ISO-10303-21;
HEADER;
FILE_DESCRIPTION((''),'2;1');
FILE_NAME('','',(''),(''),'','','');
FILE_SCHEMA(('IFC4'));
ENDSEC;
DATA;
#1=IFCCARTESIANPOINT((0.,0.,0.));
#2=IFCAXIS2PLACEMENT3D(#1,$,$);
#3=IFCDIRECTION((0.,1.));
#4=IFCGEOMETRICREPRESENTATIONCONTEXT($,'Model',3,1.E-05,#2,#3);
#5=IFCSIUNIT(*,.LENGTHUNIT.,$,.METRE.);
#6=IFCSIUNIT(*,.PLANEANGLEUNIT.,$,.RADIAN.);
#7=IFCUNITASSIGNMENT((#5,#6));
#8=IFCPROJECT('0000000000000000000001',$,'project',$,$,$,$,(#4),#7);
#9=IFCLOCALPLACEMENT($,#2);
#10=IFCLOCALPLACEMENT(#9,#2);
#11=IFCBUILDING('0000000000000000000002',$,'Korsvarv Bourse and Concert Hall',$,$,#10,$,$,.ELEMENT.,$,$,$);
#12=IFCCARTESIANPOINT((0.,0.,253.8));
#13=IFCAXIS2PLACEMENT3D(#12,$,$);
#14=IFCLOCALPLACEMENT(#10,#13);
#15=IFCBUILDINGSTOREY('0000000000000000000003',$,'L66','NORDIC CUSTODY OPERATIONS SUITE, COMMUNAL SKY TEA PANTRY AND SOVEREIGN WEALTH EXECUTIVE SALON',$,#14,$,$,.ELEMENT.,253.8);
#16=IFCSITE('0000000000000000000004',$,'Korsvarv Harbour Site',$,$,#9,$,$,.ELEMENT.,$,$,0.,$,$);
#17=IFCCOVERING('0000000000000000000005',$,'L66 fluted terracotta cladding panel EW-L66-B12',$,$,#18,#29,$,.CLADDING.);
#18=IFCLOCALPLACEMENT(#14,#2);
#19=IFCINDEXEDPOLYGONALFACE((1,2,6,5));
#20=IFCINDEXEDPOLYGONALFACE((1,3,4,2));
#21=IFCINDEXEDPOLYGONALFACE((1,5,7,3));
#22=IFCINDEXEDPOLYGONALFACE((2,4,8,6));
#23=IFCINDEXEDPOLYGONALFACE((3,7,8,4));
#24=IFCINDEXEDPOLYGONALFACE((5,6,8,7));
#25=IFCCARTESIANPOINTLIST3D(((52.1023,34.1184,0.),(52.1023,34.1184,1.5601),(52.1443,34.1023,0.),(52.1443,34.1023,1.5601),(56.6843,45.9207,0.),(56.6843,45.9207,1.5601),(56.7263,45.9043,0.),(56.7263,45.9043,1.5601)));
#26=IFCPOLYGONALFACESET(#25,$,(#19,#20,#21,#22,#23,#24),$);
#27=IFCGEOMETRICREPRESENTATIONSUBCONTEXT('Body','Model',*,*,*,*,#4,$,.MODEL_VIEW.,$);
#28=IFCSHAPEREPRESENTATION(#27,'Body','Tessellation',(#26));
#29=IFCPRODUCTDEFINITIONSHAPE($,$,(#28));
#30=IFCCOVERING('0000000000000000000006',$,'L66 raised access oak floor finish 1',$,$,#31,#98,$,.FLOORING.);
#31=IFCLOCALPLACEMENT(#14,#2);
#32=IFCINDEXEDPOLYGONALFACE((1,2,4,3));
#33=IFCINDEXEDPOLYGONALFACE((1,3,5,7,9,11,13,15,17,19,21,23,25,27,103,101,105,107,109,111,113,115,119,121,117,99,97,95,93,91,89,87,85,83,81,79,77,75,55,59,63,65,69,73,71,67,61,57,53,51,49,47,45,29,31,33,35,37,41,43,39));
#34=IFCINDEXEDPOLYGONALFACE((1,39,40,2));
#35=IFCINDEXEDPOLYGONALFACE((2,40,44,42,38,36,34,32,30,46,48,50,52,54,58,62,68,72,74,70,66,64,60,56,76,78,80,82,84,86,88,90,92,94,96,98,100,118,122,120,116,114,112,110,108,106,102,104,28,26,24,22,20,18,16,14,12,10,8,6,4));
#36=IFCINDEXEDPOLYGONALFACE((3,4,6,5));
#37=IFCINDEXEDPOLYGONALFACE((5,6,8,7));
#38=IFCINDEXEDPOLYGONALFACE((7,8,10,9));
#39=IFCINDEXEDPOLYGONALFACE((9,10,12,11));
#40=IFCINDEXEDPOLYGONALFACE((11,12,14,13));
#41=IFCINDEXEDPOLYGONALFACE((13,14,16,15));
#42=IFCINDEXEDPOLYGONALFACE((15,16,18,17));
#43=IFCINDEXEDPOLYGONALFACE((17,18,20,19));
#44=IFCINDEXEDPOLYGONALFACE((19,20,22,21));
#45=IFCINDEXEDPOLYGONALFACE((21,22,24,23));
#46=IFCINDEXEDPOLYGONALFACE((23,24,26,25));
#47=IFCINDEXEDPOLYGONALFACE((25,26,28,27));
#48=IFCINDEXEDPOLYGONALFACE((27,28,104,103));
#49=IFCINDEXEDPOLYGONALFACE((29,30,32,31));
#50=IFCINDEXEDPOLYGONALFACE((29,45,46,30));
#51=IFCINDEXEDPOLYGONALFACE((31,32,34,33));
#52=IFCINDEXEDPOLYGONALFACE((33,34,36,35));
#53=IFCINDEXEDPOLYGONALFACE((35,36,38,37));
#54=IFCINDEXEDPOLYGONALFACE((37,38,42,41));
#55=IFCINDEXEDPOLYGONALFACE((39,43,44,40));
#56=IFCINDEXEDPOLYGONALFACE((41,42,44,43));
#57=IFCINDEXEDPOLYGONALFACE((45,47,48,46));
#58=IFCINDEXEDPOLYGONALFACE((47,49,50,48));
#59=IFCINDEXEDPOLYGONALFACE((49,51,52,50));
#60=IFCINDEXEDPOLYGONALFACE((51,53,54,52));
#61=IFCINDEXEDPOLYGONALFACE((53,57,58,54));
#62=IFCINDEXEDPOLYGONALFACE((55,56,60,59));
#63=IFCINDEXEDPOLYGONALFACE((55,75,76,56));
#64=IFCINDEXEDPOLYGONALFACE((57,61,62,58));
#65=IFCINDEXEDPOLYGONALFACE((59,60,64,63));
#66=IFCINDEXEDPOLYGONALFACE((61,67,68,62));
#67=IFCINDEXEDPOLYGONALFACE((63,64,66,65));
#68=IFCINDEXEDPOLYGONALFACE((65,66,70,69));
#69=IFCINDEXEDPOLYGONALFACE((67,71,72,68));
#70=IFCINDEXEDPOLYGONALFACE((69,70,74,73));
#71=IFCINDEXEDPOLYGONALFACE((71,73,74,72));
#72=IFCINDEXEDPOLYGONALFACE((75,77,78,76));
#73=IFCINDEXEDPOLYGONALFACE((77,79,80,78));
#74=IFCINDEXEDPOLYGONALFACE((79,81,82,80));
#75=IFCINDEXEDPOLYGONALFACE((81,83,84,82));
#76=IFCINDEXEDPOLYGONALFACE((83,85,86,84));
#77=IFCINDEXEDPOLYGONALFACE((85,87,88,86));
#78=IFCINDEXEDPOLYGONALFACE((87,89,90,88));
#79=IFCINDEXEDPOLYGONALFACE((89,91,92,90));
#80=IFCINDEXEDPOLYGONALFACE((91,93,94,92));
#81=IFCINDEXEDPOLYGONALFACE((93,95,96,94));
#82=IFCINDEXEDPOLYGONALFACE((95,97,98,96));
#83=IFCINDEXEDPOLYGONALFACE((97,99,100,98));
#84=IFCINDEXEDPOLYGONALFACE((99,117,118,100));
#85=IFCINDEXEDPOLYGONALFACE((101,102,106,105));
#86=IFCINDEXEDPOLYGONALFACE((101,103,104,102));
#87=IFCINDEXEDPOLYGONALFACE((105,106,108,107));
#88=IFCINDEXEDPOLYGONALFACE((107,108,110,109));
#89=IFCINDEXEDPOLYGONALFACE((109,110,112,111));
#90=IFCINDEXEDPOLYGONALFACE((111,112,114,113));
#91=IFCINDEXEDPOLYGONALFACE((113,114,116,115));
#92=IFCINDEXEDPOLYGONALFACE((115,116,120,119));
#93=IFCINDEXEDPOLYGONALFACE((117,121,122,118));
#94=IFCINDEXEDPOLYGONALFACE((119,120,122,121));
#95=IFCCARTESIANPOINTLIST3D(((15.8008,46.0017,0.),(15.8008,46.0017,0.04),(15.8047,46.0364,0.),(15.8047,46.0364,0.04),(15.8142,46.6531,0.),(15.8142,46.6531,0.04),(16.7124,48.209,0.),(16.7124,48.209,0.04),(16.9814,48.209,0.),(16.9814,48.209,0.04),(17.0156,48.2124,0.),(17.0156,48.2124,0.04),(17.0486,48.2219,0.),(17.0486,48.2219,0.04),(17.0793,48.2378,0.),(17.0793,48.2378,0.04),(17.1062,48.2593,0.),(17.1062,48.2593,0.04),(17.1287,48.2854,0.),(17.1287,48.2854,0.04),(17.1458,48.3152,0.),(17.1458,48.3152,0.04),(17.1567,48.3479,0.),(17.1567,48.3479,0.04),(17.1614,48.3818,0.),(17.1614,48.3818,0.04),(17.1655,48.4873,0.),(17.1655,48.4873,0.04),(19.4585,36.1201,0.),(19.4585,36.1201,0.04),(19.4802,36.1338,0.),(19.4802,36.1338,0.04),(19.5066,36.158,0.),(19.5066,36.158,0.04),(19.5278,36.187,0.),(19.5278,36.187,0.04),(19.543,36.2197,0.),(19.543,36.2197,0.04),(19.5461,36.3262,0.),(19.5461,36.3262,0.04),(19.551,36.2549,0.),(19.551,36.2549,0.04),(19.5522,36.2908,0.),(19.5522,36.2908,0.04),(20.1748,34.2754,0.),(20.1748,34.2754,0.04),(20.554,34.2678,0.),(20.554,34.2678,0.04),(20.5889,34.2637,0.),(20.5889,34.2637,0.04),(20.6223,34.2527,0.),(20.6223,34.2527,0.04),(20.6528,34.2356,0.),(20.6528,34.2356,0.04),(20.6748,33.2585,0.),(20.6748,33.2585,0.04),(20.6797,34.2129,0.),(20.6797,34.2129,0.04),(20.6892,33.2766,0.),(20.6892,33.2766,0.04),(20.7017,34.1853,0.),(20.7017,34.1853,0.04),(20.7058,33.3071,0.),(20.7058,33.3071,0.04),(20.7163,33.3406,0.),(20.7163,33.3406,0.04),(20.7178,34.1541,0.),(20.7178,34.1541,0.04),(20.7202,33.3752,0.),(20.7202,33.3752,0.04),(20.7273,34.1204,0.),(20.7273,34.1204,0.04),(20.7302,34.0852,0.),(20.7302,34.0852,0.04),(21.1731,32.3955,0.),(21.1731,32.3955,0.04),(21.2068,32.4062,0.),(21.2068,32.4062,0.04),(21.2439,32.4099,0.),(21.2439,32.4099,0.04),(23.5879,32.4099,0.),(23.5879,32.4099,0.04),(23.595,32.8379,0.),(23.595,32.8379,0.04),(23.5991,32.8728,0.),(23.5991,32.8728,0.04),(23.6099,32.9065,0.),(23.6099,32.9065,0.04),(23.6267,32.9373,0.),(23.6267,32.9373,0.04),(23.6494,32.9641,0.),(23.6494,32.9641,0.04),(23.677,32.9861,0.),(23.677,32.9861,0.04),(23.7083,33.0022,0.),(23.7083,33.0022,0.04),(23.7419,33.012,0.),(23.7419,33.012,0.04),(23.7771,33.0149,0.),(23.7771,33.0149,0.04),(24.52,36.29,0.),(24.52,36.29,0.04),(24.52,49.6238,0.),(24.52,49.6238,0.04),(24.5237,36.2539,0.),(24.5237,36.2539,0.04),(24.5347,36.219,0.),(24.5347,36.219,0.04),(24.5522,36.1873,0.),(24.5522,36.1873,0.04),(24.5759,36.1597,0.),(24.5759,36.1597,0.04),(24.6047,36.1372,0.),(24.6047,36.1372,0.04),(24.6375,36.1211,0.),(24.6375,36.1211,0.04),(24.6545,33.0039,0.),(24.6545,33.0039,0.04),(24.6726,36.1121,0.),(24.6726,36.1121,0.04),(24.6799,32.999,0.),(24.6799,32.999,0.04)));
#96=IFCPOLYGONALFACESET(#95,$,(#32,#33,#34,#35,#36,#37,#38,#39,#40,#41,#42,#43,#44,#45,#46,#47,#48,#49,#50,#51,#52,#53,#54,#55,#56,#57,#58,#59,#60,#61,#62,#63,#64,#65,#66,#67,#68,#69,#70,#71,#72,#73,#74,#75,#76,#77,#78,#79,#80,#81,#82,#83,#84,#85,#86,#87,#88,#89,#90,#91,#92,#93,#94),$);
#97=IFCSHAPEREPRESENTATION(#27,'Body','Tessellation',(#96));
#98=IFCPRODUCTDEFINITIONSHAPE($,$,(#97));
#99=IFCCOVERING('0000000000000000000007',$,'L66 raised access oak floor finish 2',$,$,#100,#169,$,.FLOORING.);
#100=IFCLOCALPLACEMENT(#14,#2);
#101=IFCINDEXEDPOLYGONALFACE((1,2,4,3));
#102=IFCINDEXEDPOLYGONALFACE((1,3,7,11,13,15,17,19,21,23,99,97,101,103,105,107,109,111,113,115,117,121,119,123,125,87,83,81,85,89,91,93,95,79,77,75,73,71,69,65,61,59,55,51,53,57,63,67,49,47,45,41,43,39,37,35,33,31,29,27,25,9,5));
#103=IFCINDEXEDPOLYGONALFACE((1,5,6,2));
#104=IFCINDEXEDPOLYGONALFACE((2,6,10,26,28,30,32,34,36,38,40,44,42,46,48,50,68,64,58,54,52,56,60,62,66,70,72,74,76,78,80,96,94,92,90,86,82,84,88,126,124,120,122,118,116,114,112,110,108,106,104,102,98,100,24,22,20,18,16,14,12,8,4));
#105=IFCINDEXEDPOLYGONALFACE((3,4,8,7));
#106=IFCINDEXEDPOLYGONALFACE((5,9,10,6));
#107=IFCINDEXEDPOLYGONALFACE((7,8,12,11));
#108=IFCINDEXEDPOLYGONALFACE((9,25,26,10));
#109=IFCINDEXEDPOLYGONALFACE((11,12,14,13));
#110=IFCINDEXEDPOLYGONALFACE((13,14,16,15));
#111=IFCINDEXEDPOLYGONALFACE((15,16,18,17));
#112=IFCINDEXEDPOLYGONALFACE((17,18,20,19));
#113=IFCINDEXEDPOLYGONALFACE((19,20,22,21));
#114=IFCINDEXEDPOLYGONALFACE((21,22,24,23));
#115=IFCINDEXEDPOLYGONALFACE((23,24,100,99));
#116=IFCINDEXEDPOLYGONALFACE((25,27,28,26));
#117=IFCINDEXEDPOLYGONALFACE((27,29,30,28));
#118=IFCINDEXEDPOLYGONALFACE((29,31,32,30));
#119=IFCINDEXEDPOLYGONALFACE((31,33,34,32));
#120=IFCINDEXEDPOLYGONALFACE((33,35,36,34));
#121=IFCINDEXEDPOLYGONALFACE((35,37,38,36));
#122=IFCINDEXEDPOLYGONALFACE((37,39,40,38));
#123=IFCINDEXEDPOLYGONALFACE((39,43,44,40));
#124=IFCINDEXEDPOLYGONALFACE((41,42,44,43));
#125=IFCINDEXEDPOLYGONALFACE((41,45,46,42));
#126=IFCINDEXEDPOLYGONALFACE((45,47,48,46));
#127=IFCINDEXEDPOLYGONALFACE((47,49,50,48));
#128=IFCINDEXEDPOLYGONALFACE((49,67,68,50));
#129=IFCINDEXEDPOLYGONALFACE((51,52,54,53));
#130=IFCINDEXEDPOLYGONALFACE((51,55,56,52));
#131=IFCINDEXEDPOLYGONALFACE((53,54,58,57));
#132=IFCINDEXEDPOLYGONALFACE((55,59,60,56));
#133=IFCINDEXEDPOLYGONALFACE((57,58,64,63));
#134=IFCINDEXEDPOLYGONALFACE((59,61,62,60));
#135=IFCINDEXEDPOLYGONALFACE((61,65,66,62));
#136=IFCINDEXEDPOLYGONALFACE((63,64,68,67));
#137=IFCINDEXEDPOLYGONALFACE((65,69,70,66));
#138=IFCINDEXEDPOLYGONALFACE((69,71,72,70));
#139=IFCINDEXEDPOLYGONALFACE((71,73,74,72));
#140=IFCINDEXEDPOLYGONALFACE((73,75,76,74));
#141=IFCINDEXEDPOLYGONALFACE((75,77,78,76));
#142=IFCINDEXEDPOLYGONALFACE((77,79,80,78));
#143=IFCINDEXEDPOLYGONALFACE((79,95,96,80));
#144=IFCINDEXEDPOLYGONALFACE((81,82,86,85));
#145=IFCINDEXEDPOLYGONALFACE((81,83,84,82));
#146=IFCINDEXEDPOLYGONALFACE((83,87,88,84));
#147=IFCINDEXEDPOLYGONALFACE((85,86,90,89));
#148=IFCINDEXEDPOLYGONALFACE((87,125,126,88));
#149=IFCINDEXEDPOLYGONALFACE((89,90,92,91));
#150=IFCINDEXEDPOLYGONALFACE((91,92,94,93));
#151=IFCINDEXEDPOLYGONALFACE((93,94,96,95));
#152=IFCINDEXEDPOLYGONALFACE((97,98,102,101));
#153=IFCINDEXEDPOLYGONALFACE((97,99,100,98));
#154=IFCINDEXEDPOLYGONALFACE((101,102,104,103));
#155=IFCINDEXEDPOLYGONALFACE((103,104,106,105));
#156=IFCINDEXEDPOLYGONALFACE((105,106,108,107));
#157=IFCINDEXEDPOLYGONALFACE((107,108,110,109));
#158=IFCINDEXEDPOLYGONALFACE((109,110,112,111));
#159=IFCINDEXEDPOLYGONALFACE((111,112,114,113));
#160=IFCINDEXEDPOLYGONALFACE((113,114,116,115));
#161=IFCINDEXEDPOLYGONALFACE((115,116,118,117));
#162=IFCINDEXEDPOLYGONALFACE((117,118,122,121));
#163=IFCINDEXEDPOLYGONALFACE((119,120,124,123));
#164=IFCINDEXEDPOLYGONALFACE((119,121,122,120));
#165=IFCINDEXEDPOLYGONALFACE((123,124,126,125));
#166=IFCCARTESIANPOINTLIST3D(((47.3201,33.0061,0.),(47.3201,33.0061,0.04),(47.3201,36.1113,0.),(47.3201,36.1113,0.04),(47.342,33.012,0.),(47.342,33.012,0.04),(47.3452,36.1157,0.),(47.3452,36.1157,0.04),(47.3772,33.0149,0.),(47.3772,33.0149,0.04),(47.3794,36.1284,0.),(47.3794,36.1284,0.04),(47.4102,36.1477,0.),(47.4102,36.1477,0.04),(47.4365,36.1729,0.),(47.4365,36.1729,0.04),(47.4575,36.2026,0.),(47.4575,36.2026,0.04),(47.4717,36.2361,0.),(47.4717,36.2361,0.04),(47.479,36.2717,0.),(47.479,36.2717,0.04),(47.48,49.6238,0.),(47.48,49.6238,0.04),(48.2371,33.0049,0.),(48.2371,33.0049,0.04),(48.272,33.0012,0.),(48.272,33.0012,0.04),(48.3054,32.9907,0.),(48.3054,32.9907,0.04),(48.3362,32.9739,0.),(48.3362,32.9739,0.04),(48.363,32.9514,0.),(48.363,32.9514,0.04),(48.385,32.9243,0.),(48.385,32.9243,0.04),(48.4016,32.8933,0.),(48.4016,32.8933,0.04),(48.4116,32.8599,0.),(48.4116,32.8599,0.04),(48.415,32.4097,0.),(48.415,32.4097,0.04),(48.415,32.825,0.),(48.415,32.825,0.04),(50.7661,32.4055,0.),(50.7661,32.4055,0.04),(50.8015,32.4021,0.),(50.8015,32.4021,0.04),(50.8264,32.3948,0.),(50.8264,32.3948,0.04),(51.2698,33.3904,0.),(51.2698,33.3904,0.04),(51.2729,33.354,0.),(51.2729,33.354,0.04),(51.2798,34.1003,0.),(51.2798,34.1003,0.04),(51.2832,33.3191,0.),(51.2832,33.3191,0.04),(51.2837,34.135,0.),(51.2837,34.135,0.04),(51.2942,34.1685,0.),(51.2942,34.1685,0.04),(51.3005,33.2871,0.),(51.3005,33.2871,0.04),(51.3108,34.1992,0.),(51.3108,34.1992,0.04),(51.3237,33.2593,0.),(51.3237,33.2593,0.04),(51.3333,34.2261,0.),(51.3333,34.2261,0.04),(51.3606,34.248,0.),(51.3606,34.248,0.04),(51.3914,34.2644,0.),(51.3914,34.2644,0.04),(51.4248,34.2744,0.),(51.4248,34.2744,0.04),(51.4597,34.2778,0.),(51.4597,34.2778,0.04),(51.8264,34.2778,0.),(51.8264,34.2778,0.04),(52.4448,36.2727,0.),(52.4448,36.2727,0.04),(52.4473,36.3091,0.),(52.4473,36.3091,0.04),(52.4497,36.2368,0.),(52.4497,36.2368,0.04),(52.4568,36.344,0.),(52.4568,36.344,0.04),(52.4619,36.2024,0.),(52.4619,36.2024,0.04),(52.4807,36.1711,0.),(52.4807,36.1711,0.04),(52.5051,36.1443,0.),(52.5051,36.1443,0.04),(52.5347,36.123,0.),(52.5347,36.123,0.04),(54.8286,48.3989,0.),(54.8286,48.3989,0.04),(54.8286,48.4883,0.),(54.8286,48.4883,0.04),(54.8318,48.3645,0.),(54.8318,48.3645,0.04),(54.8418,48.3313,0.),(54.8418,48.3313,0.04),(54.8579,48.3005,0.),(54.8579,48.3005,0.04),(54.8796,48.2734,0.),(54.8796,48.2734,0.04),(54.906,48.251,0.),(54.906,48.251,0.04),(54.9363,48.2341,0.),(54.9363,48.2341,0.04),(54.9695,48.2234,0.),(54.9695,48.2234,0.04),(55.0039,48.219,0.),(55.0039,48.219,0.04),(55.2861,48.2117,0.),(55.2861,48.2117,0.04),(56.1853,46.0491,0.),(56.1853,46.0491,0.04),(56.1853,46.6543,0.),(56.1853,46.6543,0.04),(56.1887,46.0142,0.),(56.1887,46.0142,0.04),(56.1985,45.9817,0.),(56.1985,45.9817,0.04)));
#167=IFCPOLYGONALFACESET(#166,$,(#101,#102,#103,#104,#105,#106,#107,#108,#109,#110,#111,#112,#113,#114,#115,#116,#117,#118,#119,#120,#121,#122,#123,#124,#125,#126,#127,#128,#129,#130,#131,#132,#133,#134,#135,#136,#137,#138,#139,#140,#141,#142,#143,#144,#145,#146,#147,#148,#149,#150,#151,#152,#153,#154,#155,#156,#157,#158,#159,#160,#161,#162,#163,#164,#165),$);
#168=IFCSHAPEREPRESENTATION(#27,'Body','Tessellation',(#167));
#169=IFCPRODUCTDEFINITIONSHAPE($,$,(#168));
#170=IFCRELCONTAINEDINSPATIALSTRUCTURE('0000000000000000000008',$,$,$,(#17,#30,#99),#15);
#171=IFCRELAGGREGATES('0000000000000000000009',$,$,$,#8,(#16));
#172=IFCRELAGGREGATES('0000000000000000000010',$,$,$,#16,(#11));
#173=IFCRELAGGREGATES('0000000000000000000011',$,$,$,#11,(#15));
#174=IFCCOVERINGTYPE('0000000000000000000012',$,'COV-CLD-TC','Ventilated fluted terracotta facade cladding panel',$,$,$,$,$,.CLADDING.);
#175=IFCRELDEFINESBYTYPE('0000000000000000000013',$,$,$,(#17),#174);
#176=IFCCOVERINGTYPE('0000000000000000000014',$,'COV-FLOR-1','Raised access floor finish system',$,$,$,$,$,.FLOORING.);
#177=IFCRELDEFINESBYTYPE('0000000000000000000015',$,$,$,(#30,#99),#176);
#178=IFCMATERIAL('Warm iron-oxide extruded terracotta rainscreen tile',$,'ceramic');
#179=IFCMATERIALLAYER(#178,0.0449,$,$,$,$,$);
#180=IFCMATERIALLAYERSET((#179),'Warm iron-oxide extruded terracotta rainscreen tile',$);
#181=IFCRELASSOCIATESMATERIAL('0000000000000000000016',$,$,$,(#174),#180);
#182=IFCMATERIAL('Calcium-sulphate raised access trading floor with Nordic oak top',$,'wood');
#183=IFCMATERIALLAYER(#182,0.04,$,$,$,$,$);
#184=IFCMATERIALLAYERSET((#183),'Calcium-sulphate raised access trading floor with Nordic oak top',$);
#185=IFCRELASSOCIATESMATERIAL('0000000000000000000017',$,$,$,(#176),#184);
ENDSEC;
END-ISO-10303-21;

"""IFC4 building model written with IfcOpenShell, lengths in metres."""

from ifc_helpers import new_model, si_unit, direction, frame, origin, place, context, subcontext, project, spatial, polyline, outline, extrude, material, layer, layer_set, type_object, element, save


model = new_model("IFC4")

# Units and contexts
model_context = context("Model", 3, precision=1e-05, world=origin(), true_north=direction((0.0, 1.0)))
body_context = subcontext(model_context, "Body", "Model", "MODEL_VIEW")
ifc_project = project(units=[si_unit("LENGTHUNIT", "METRE"), si_unit("PLANEANGLEUNIT", "RADIAN")], contexts=[model_context])

# Site, building, storey
site_placement = place(None, origin())
site = spatial("IfcSite", under=ifc_project, at=site_placement, Name="Korsvarv Harbour Site", CompositionType="ELEMENT", RefElevation=0.0)
building_placement = place(site_placement, origin())
building = spatial("IfcBuilding", under=site, at=building_placement, Name="Korsvarv Bourse and Concert Hall", CompositionType="ELEMENT")
storey_placement = place(building_placement, frame((0.0, 0.0, 253.8)))
storey = spatial("IfcBuildingStorey", under=building, at=storey_placement, Name="L66", Description="NORDIC CUSTODY OPERATIONS SUITE, COMMUNAL SKY TEA PANTRY AND SOVEREIGN WEALTH EXECUTIVE SALON", CompositionType="ELEMENT", Elevation=253.8)

# Coverings
ifc_material_1 = material(Name="Warm iron-oxide extruded terracotta rainscreen tile", Category="ceramic")
ifc_layer_1 = layer(ifc_material_1, 0.0449)
ifc_layer_set_1 = layer_set([ifc_layer_1], Name="Warm iron-oxide extruded terracotta rainscreen tile")
covering_type_1 = type_object("IfcCoveringType", Name="COV-CLD-TC", Description="Ventilated fluted terracotta facade cladding panel", PredefinedType="CLADDING", material=ifc_layer_set_1)
covering_1_placement = place(storey_placement, origin())
element("IfcCovering", 1, at=covering_1_placement, inside=storey, type_object=covering_type_1, Name="L66 fluted terracotta cladding panel EW-L66-B12", PredefinedType="CLADDING", context=body_context, shape_type="SweptSolid", body=[
    extrude(outline(polyline([(52.1023, 34.1184), (56.6843, 45.9207), (56.7263, 45.9043), (52.1443, 34.1023), (52.1023, 34.1184)])), origin(), (0.0, 0.0, 1.0), 1.5601),
])
ifc_material_2 = material(Name="Calcium-sulphate raised access trading floor with Nordic oak top", Category="wood")
ifc_layer_2 = layer(ifc_material_2, 0.04)
ifc_layer_set_2 = layer_set([ifc_layer_2], Name="Calcium-sulphate raised access trading floor with Nordic oak top")
covering_type_2 = type_object("IfcCoveringType", Name="COV-FLOR-1", Description="Raised access floor finish system", PredefinedType="FLOORING", material=ifc_layer_set_2)
covering_2_placement = place(storey_placement, origin())
element("IfcCovering", 2, at=covering_2_placement, inside=storey, type_object=covering_type_2, Name="L66 raised access oak floor finish 1", PredefinedType="FLOORING", context=body_context, shape_type="SweptSolid", body=[
    extrude(outline(polyline([(15.8008, 46.0017), (15.8047, 46.0364), (15.8142, 46.6531), (16.7124, 48.209), (16.9814, 48.209), (17.0156, 48.2124), (17.0486, 48.2219), (17.0793, 48.2378), (17.1062, 48.2593), (17.1287, 48.2854), (17.1458, 48.3152), (17.1567, 48.3479), (17.1614, 48.3818), (17.1655, 48.4873), (24.52, 49.6238), (24.52, 36.29), (24.5237, 36.2539), (24.5347, 36.219), (24.5522, 36.1873), (24.5759, 36.1597), (24.6047, 36.1372), (24.6375, 36.1211), (24.6726, 36.1121), (24.6799, 32.999), (24.6545, 33.0039), (23.7771, 33.0149), (23.7419, 33.012), (23.7083, 33.0022), (23.677, 32.9861), (23.6494, 32.9641), (23.6267, 32.9373), (23.6099, 32.9065), (23.5991, 32.8728), (23.595, 32.8379), (23.5879, 32.4099), (21.2439, 32.4099), (21.2068, 32.4062), (21.1731, 32.3955), (20.6748, 33.2585), (20.6892, 33.2766), (20.7058, 33.3071), (20.7163, 33.3406), (20.7202, 33.3752), (20.7302, 34.0852), (20.7273, 34.1204), (20.7178, 34.1541), (20.7017, 34.1853), (20.6797, 34.2129), (20.6528, 34.2356), (20.6223, 34.2527), (20.5889, 34.2637), (20.554, 34.2678), (20.1748, 34.2754), (19.4585, 36.1201), (19.4802, 36.1338), (19.5066, 36.158), (19.5278, 36.187), (19.543, 36.2197), (19.551, 36.2549), (19.5522, 36.2908), (19.5461, 36.3262), (15.8008, 46.0017)])), origin(), (0.0, 0.0, 1.0), 0.04),
])
covering_3_placement = place(storey_placement, origin())
element("IfcCovering", 3, at=covering_3_placement, inside=storey, type_object=covering_type_2, Name="L66 raised access oak floor finish 2", PredefinedType="FLOORING", context=body_context, shape_type="SweptSolid", body=[
    extrude(outline(polyline([(47.3201, 36.1113), (47.3452, 36.1157), (47.3794, 36.1284), (47.4102, 36.1477), (47.4365, 36.1729), (47.4575, 36.2026), (47.4717, 36.2361), (47.479, 36.2717), (47.48, 49.6238), (54.8286, 48.4883), (54.8286, 48.3989), (54.8318, 48.3645), (54.8418, 48.3313), (54.8579, 48.3005), (54.8796, 48.2734), (54.906, 48.251), (54.9363, 48.2341), (54.9695, 48.2234), (55.0039, 48.219), (55.2861, 48.2117), (56.1853, 46.6543), (56.1853, 46.0491), (56.1887, 46.0142), (56.1985, 45.9817), (52.4568, 36.344), (52.4473, 36.3091), (52.4448, 36.2727), (52.4497, 36.2368), (52.4619, 36.2024), (52.4807, 36.1711), (52.5051, 36.1443), (52.5347, 36.123), (51.8264, 34.2778), (51.4597, 34.2778), (51.4248, 34.2744), (51.3914, 34.2644), (51.3606, 34.248), (51.3333, 34.2261), (51.3108, 34.1992), (51.2942, 34.1685), (51.2837, 34.135), (51.2798, 34.1003), (51.2698, 33.3904), (51.2729, 33.354), (51.2832, 33.3191), (51.3005, 33.2871), (51.3237, 33.2593), (50.8264, 32.3948), (50.8015, 32.4021), (50.7661, 32.4055), (48.415, 32.4097), (48.415, 32.825), (48.4116, 32.8599), (48.4016, 32.8933), (48.385, 32.9243), (48.363, 32.9514), (48.3362, 32.9739), (48.3054, 32.9907), (48.272, 33.0012), (48.2371, 33.0049), (47.3772, 33.0149), (47.342, 33.012), (47.3201, 33.0061), (47.3201, 36.1113)])), origin(), (0.0, 0.0, 1.0), 0.04),
])

save(model, "model.ifc")
